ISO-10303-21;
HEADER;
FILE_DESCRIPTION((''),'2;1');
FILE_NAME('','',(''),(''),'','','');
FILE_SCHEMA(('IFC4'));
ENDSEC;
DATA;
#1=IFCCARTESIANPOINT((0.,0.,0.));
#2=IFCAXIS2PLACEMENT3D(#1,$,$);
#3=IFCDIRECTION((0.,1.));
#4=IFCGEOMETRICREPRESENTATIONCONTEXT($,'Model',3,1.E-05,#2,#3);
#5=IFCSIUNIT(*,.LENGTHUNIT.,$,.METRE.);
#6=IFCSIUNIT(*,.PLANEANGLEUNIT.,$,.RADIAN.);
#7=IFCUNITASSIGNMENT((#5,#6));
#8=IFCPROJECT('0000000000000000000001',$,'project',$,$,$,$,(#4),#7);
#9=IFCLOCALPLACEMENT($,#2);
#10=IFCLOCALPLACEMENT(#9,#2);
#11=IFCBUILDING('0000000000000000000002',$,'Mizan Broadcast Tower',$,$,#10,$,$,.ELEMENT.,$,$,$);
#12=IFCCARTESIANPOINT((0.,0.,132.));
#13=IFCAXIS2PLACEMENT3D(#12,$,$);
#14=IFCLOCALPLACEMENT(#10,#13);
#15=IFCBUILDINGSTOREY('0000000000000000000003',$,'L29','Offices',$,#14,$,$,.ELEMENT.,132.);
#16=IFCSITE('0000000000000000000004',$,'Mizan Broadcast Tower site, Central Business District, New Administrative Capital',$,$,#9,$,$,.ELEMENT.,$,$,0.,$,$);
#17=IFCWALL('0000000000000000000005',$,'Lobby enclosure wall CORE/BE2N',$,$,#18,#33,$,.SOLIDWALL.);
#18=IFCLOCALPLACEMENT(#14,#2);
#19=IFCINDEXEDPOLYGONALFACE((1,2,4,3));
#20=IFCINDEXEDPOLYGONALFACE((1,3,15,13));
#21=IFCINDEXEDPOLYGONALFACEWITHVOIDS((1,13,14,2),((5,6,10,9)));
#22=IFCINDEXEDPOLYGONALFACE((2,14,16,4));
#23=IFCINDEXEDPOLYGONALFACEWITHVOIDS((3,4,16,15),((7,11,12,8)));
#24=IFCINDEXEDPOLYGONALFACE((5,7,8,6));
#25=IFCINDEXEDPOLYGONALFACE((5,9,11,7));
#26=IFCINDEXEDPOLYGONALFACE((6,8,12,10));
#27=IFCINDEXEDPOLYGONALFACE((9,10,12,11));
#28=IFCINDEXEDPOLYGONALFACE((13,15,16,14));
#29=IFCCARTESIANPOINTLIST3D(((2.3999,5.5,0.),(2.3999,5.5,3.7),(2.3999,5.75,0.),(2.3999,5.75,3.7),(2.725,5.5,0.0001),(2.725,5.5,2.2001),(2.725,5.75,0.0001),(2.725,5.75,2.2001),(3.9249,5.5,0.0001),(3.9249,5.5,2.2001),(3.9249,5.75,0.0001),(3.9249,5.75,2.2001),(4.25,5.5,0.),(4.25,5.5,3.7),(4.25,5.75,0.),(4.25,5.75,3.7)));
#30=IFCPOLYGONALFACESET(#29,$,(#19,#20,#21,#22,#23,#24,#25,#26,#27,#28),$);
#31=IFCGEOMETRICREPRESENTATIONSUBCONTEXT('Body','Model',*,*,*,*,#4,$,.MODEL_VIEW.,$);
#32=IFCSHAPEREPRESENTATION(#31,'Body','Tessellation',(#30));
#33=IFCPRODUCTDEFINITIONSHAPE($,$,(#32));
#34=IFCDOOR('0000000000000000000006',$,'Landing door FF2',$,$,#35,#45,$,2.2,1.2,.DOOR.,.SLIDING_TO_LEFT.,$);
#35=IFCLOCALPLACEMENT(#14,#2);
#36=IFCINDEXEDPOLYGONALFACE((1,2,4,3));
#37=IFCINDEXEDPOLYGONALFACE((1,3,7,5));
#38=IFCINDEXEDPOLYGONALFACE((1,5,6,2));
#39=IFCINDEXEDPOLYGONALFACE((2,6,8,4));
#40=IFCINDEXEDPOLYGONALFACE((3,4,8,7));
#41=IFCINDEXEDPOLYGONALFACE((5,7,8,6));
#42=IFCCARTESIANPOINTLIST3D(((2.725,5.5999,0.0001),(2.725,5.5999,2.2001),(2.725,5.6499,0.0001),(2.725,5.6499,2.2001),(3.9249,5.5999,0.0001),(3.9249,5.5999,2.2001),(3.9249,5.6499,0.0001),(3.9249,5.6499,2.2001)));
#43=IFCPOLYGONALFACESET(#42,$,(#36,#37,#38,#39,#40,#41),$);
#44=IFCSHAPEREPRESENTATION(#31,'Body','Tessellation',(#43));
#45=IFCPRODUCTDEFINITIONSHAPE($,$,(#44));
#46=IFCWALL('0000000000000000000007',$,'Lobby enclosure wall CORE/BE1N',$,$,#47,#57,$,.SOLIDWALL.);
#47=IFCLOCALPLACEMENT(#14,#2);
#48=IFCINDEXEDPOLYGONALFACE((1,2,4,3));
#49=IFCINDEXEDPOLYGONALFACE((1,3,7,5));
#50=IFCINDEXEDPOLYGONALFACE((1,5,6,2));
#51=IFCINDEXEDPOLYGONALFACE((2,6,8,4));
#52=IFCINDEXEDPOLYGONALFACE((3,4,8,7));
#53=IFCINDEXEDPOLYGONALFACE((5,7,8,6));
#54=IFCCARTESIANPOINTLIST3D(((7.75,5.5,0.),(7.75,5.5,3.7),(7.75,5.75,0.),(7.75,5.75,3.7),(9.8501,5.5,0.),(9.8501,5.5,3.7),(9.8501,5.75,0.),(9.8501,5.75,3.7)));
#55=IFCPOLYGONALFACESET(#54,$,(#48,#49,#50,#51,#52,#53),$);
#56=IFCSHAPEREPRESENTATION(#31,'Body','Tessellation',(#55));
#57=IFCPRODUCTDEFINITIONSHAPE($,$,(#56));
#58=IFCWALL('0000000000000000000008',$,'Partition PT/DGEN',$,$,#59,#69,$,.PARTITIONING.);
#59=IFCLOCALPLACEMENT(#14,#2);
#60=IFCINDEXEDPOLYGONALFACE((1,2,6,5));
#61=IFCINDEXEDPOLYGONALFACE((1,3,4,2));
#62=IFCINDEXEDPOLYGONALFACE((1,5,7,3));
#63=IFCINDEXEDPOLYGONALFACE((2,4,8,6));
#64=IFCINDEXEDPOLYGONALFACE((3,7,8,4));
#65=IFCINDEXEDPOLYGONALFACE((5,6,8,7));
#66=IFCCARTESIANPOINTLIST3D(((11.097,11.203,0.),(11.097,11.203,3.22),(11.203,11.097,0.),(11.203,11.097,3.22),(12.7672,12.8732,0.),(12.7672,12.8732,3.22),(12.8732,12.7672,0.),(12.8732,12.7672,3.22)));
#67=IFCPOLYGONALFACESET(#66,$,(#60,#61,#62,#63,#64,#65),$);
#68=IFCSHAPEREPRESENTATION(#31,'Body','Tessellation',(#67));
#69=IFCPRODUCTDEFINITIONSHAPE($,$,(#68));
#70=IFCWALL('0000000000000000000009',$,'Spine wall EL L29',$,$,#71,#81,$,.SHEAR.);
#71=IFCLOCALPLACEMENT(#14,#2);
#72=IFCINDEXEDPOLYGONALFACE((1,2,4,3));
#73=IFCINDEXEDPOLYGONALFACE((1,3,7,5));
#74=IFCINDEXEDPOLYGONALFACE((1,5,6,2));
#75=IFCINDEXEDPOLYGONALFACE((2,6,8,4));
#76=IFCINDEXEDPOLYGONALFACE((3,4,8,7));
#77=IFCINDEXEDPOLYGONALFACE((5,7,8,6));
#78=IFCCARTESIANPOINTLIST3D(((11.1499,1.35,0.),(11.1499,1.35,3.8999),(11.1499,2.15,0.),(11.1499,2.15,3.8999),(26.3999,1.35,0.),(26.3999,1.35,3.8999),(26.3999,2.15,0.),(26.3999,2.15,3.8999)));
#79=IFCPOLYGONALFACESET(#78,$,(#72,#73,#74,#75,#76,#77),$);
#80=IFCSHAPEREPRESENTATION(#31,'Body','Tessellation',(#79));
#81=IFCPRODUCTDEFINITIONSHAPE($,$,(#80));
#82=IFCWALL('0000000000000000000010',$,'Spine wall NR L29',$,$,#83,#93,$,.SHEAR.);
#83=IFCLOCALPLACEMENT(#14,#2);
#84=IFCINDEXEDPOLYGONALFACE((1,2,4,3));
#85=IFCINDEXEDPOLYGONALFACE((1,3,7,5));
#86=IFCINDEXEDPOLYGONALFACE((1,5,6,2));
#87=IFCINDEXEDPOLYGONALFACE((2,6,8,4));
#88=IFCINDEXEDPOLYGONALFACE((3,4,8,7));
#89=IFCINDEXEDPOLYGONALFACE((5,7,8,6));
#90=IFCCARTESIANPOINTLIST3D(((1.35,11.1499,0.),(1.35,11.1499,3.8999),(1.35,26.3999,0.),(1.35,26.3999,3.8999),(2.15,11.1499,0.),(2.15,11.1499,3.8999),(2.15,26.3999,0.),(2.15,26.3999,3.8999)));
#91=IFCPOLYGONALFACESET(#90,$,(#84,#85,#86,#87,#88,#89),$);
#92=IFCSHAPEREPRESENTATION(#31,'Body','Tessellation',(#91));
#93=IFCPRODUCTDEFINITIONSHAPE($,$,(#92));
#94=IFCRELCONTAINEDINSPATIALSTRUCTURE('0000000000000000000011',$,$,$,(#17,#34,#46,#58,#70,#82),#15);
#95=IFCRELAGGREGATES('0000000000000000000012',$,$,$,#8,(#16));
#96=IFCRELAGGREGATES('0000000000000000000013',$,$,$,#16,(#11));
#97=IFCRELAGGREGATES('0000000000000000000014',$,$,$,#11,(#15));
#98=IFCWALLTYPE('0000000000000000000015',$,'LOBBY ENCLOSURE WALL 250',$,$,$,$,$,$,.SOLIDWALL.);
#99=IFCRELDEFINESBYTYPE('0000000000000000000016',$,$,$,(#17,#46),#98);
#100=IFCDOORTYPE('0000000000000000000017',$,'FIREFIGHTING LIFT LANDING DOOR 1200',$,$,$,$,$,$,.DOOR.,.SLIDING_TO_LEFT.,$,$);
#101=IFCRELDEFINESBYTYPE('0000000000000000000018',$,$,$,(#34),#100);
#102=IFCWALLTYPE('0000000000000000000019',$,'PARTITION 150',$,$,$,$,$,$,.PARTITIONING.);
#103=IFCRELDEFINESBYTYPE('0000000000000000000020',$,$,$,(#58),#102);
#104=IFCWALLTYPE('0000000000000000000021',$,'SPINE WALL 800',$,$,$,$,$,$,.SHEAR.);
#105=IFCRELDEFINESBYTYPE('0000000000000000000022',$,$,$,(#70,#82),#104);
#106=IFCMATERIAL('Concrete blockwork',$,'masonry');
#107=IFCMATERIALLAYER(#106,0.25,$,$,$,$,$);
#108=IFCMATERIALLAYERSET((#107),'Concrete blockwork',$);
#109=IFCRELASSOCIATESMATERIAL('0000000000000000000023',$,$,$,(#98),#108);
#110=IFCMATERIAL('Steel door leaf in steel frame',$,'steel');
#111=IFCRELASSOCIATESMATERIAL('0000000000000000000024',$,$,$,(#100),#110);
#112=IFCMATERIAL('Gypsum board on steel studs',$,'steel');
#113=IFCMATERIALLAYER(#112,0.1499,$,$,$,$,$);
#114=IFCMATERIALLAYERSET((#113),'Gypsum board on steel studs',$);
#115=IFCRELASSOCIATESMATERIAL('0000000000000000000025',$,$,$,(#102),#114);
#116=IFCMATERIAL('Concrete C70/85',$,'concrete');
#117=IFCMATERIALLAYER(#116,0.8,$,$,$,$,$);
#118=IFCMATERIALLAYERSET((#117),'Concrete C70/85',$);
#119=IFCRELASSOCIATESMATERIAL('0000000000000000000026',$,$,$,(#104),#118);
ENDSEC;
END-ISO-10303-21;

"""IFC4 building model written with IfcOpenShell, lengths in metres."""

from ifc_helpers import new_model, si_unit, direction, frame, frame_2d, origin, place, context, subcontext, project, spatial, rectangle, extrude, material, layer, layer_set, type_object, element, fill, save


model = new_model("IFC4")

# Units and contexts
model_context = context("Model", 3, precision=1e-05, world=origin(), true_north=direction((0.0, 1.0)))
body_context = subcontext(model_context, "Body", "Model", "MODEL_VIEW")
ifc_project = project(units=[si_unit("LENGTHUNIT", "METRE"), si_unit("PLANEANGLEUNIT", "RADIAN")], contexts=[model_context])

# Site, building, storey
site_placement = place(None, origin())
site = spatial("IfcSite", under=ifc_project, at=site_placement, Name="Mizan Broadcast Tower site, Central Business District, New Administrative Capital", CompositionType="ELEMENT", RefElevation=0.0)
building_placement = place(site_placement, origin())
building = spatial("IfcBuilding", under=site, at=building_placement, Name="Mizan Broadcast Tower", CompositionType="ELEMENT")
storey_placement = place(building_placement, frame((0.0, 0.0, 132.0)))
storey = spatial("IfcBuildingStorey", under=building, at=storey_placement, Name="L29", Description="Offices", CompositionType="ELEMENT", Elevation=132.0)

# Wall, opening, door
ifc_material_1 = material(Name="Concrete blockwork", Category="masonry")
ifc_layer_1 = layer(ifc_material_1, 0.25)
ifc_layer_set_1 = layer_set([ifc_layer_1], Name="Concrete blockwork")
wall_type_1 = type_object("IfcWallType", Name="LOBBY ENCLOSURE WALL 250", PredefinedType="SOLIDWALL", material=ifc_layer_set_1)
wall_1_placement = place(storey_placement, frame((2.3999, 5.625, 0.0), z_axis=(0.0, 0.0, 1.0), x_axis=(1.0, 0.0, 0.0)))
wall_1 = element("IfcWall", 1, at=wall_1_placement, inside=storey, type_object=wall_type_1, Name="Lobby enclosure wall CORE/BE2N", PredefinedType="SOLIDWALL", context=body_context, shape_type="SweptSolid", body=[
    extrude(rectangle(XDim=1.8501, YDim=0.25, at=frame_2d((0.925, 0.0))), origin(), (0.0, 0.0, 1.0), 3.7),
])
opening_1_placement = place(wall_1_placement, frame((0.325, 0.0, 0.0)))
opening_1 = element("IfcOpeningElement", 2, at=opening_1_placement, cuts=wall_1, PredefinedType="OPENING", context=body_context, shape_type="SweptSolid", body=[
    extrude(rectangle(XDim=1.2, YDim=2.2, at=frame_2d((0.6001, 1.1001))), frame((0.0, 0.135, 0.0), z_axis=(0.0, -1.0, 0.0), x_axis=(1.0, 0.0, 0.0)), (0.0, 0.0, 1.0), 0.27),
])
ifc_material_2 = material(Name="Steel door leaf in steel frame", Category="steel")
door_type_1 = type_object("IfcDoorType", Name="FIREFIGHTING LIFT LANDING DOOR 1200", OperationType="SLIDING_TO_LEFT", PredefinedType="DOOR", material=ifc_material_2)
door_1_placement = place(opening_1_placement, origin())
door_1 = element("IfcDoor", 3, at=door_1_placement, inside=storey, type_object=door_type_1, Name="Landing door FF2", OperationType="SLIDING_TO_LEFT", OverallHeight=2.2, OverallWidth=1.2, PredefinedType="DOOR", context=body_context, shape_type="SweptSolid", body=[
    extrude(rectangle(XDim=1.2, YDim=2.2, at=frame_2d((0.6001, 1.1001))), frame((0.0, 0.0249, 0.0), z_axis=(0.0, -1.0, 0.0), x_axis=(1.0, 0.0, 0.0)), (0.0, 0.0, 1.0), 0.05),
])
fill(opening_1, door_1)

# Walls
wall_2_placement = place(storey_placement, frame((7.75, 5.625, 0.0), z_axis=(0.0, 0.0, 1.0), x_axis=(1.0, 0.0, 0.0)))
element("IfcWall", 4, at=wall_2_placement, inside=storey, type_object=wall_type_1, Name="Lobby enclosure wall CORE/BE1N", PredefinedType="SOLIDWALL", context=body_context, shape_type="SweptSolid", body=[
    extrude(rectangle(XDim=2.1001, YDim=0.25, at=frame_2d((1.05, 0.0))), origin(), (0.0, 0.0, 1.0), 3.7),
])
ifc_material_3 = material(Name="Gypsum board on steel studs", Category="steel")
ifc_layer_2 = layer(ifc_material_3, 0.1499)
ifc_layer_set_2 = layer_set([ifc_layer_2], Name="Gypsum board on steel studs")
wall_type_2 = type_object("IfcWallType", Name="PARTITION 150", PredefinedType="PARTITIONING", material=ifc_layer_set_2)
wall_3_placement = place(storey_placement, frame((11.1499, 11.1499, 0.0), z_axis=(0.0, 0.0, 1.0), x_axis=(0.707107, 0.707107, 0.0)))
element("IfcWall", 5, at=wall_3_placement, inside=storey, type_object=wall_type_2, Name="Partition PT/DGEN", PredefinedType="PARTITIONING", context=body_context, shape_type="SweptSolid", body=[
    extrude(rectangle(XDim=2.3621, YDim=0.1499, at=frame_2d((1.1812, 0.0))), origin(), (0.0, 0.0, 1.0), 3.22),
])
ifc_material_4 = material(Name="Concrete C70/85", Category="concrete")
ifc_layer_3 = layer(ifc_material_4, 0.8)
ifc_layer_set_3 = layer_set([ifc_layer_3], Name="Concrete C70/85")
wall_type_3 = type_object("IfcWallType", Name="SPINE WALL 800", PredefinedType="SHEAR", material=ifc_layer_set_3)
for number, where, z_axis, x_axis, name in (
    (6, (11.1499, 1.75, 0.0), (0.0, 0.0, 1.0), (1.0, 0.0, 0.0), "Spine wall EL L29"),
    (7, (1.75, 11.1499, 0.0), (0.0, 0.0, 1.0), (0.0, 1.0, 0.0), "Spine wall NR L29"),
):
    element("IfcWall", number, at=place(storey_placement, frame(where, z_axis=z_axis, x_axis=x_axis)), inside=storey, type_object=wall_type_3, Name=name, PredefinedType="SHEAR", context=body_context, shape_type="SweptSolid", body=[
        extrude(rectangle(XDim=15.25, YDim=0.8, at=frame_2d((7.625, 0.0))), origin(), (0.0, 0.0, 1.0), 3.8999),
    ])

save(model, "model.ifc")
